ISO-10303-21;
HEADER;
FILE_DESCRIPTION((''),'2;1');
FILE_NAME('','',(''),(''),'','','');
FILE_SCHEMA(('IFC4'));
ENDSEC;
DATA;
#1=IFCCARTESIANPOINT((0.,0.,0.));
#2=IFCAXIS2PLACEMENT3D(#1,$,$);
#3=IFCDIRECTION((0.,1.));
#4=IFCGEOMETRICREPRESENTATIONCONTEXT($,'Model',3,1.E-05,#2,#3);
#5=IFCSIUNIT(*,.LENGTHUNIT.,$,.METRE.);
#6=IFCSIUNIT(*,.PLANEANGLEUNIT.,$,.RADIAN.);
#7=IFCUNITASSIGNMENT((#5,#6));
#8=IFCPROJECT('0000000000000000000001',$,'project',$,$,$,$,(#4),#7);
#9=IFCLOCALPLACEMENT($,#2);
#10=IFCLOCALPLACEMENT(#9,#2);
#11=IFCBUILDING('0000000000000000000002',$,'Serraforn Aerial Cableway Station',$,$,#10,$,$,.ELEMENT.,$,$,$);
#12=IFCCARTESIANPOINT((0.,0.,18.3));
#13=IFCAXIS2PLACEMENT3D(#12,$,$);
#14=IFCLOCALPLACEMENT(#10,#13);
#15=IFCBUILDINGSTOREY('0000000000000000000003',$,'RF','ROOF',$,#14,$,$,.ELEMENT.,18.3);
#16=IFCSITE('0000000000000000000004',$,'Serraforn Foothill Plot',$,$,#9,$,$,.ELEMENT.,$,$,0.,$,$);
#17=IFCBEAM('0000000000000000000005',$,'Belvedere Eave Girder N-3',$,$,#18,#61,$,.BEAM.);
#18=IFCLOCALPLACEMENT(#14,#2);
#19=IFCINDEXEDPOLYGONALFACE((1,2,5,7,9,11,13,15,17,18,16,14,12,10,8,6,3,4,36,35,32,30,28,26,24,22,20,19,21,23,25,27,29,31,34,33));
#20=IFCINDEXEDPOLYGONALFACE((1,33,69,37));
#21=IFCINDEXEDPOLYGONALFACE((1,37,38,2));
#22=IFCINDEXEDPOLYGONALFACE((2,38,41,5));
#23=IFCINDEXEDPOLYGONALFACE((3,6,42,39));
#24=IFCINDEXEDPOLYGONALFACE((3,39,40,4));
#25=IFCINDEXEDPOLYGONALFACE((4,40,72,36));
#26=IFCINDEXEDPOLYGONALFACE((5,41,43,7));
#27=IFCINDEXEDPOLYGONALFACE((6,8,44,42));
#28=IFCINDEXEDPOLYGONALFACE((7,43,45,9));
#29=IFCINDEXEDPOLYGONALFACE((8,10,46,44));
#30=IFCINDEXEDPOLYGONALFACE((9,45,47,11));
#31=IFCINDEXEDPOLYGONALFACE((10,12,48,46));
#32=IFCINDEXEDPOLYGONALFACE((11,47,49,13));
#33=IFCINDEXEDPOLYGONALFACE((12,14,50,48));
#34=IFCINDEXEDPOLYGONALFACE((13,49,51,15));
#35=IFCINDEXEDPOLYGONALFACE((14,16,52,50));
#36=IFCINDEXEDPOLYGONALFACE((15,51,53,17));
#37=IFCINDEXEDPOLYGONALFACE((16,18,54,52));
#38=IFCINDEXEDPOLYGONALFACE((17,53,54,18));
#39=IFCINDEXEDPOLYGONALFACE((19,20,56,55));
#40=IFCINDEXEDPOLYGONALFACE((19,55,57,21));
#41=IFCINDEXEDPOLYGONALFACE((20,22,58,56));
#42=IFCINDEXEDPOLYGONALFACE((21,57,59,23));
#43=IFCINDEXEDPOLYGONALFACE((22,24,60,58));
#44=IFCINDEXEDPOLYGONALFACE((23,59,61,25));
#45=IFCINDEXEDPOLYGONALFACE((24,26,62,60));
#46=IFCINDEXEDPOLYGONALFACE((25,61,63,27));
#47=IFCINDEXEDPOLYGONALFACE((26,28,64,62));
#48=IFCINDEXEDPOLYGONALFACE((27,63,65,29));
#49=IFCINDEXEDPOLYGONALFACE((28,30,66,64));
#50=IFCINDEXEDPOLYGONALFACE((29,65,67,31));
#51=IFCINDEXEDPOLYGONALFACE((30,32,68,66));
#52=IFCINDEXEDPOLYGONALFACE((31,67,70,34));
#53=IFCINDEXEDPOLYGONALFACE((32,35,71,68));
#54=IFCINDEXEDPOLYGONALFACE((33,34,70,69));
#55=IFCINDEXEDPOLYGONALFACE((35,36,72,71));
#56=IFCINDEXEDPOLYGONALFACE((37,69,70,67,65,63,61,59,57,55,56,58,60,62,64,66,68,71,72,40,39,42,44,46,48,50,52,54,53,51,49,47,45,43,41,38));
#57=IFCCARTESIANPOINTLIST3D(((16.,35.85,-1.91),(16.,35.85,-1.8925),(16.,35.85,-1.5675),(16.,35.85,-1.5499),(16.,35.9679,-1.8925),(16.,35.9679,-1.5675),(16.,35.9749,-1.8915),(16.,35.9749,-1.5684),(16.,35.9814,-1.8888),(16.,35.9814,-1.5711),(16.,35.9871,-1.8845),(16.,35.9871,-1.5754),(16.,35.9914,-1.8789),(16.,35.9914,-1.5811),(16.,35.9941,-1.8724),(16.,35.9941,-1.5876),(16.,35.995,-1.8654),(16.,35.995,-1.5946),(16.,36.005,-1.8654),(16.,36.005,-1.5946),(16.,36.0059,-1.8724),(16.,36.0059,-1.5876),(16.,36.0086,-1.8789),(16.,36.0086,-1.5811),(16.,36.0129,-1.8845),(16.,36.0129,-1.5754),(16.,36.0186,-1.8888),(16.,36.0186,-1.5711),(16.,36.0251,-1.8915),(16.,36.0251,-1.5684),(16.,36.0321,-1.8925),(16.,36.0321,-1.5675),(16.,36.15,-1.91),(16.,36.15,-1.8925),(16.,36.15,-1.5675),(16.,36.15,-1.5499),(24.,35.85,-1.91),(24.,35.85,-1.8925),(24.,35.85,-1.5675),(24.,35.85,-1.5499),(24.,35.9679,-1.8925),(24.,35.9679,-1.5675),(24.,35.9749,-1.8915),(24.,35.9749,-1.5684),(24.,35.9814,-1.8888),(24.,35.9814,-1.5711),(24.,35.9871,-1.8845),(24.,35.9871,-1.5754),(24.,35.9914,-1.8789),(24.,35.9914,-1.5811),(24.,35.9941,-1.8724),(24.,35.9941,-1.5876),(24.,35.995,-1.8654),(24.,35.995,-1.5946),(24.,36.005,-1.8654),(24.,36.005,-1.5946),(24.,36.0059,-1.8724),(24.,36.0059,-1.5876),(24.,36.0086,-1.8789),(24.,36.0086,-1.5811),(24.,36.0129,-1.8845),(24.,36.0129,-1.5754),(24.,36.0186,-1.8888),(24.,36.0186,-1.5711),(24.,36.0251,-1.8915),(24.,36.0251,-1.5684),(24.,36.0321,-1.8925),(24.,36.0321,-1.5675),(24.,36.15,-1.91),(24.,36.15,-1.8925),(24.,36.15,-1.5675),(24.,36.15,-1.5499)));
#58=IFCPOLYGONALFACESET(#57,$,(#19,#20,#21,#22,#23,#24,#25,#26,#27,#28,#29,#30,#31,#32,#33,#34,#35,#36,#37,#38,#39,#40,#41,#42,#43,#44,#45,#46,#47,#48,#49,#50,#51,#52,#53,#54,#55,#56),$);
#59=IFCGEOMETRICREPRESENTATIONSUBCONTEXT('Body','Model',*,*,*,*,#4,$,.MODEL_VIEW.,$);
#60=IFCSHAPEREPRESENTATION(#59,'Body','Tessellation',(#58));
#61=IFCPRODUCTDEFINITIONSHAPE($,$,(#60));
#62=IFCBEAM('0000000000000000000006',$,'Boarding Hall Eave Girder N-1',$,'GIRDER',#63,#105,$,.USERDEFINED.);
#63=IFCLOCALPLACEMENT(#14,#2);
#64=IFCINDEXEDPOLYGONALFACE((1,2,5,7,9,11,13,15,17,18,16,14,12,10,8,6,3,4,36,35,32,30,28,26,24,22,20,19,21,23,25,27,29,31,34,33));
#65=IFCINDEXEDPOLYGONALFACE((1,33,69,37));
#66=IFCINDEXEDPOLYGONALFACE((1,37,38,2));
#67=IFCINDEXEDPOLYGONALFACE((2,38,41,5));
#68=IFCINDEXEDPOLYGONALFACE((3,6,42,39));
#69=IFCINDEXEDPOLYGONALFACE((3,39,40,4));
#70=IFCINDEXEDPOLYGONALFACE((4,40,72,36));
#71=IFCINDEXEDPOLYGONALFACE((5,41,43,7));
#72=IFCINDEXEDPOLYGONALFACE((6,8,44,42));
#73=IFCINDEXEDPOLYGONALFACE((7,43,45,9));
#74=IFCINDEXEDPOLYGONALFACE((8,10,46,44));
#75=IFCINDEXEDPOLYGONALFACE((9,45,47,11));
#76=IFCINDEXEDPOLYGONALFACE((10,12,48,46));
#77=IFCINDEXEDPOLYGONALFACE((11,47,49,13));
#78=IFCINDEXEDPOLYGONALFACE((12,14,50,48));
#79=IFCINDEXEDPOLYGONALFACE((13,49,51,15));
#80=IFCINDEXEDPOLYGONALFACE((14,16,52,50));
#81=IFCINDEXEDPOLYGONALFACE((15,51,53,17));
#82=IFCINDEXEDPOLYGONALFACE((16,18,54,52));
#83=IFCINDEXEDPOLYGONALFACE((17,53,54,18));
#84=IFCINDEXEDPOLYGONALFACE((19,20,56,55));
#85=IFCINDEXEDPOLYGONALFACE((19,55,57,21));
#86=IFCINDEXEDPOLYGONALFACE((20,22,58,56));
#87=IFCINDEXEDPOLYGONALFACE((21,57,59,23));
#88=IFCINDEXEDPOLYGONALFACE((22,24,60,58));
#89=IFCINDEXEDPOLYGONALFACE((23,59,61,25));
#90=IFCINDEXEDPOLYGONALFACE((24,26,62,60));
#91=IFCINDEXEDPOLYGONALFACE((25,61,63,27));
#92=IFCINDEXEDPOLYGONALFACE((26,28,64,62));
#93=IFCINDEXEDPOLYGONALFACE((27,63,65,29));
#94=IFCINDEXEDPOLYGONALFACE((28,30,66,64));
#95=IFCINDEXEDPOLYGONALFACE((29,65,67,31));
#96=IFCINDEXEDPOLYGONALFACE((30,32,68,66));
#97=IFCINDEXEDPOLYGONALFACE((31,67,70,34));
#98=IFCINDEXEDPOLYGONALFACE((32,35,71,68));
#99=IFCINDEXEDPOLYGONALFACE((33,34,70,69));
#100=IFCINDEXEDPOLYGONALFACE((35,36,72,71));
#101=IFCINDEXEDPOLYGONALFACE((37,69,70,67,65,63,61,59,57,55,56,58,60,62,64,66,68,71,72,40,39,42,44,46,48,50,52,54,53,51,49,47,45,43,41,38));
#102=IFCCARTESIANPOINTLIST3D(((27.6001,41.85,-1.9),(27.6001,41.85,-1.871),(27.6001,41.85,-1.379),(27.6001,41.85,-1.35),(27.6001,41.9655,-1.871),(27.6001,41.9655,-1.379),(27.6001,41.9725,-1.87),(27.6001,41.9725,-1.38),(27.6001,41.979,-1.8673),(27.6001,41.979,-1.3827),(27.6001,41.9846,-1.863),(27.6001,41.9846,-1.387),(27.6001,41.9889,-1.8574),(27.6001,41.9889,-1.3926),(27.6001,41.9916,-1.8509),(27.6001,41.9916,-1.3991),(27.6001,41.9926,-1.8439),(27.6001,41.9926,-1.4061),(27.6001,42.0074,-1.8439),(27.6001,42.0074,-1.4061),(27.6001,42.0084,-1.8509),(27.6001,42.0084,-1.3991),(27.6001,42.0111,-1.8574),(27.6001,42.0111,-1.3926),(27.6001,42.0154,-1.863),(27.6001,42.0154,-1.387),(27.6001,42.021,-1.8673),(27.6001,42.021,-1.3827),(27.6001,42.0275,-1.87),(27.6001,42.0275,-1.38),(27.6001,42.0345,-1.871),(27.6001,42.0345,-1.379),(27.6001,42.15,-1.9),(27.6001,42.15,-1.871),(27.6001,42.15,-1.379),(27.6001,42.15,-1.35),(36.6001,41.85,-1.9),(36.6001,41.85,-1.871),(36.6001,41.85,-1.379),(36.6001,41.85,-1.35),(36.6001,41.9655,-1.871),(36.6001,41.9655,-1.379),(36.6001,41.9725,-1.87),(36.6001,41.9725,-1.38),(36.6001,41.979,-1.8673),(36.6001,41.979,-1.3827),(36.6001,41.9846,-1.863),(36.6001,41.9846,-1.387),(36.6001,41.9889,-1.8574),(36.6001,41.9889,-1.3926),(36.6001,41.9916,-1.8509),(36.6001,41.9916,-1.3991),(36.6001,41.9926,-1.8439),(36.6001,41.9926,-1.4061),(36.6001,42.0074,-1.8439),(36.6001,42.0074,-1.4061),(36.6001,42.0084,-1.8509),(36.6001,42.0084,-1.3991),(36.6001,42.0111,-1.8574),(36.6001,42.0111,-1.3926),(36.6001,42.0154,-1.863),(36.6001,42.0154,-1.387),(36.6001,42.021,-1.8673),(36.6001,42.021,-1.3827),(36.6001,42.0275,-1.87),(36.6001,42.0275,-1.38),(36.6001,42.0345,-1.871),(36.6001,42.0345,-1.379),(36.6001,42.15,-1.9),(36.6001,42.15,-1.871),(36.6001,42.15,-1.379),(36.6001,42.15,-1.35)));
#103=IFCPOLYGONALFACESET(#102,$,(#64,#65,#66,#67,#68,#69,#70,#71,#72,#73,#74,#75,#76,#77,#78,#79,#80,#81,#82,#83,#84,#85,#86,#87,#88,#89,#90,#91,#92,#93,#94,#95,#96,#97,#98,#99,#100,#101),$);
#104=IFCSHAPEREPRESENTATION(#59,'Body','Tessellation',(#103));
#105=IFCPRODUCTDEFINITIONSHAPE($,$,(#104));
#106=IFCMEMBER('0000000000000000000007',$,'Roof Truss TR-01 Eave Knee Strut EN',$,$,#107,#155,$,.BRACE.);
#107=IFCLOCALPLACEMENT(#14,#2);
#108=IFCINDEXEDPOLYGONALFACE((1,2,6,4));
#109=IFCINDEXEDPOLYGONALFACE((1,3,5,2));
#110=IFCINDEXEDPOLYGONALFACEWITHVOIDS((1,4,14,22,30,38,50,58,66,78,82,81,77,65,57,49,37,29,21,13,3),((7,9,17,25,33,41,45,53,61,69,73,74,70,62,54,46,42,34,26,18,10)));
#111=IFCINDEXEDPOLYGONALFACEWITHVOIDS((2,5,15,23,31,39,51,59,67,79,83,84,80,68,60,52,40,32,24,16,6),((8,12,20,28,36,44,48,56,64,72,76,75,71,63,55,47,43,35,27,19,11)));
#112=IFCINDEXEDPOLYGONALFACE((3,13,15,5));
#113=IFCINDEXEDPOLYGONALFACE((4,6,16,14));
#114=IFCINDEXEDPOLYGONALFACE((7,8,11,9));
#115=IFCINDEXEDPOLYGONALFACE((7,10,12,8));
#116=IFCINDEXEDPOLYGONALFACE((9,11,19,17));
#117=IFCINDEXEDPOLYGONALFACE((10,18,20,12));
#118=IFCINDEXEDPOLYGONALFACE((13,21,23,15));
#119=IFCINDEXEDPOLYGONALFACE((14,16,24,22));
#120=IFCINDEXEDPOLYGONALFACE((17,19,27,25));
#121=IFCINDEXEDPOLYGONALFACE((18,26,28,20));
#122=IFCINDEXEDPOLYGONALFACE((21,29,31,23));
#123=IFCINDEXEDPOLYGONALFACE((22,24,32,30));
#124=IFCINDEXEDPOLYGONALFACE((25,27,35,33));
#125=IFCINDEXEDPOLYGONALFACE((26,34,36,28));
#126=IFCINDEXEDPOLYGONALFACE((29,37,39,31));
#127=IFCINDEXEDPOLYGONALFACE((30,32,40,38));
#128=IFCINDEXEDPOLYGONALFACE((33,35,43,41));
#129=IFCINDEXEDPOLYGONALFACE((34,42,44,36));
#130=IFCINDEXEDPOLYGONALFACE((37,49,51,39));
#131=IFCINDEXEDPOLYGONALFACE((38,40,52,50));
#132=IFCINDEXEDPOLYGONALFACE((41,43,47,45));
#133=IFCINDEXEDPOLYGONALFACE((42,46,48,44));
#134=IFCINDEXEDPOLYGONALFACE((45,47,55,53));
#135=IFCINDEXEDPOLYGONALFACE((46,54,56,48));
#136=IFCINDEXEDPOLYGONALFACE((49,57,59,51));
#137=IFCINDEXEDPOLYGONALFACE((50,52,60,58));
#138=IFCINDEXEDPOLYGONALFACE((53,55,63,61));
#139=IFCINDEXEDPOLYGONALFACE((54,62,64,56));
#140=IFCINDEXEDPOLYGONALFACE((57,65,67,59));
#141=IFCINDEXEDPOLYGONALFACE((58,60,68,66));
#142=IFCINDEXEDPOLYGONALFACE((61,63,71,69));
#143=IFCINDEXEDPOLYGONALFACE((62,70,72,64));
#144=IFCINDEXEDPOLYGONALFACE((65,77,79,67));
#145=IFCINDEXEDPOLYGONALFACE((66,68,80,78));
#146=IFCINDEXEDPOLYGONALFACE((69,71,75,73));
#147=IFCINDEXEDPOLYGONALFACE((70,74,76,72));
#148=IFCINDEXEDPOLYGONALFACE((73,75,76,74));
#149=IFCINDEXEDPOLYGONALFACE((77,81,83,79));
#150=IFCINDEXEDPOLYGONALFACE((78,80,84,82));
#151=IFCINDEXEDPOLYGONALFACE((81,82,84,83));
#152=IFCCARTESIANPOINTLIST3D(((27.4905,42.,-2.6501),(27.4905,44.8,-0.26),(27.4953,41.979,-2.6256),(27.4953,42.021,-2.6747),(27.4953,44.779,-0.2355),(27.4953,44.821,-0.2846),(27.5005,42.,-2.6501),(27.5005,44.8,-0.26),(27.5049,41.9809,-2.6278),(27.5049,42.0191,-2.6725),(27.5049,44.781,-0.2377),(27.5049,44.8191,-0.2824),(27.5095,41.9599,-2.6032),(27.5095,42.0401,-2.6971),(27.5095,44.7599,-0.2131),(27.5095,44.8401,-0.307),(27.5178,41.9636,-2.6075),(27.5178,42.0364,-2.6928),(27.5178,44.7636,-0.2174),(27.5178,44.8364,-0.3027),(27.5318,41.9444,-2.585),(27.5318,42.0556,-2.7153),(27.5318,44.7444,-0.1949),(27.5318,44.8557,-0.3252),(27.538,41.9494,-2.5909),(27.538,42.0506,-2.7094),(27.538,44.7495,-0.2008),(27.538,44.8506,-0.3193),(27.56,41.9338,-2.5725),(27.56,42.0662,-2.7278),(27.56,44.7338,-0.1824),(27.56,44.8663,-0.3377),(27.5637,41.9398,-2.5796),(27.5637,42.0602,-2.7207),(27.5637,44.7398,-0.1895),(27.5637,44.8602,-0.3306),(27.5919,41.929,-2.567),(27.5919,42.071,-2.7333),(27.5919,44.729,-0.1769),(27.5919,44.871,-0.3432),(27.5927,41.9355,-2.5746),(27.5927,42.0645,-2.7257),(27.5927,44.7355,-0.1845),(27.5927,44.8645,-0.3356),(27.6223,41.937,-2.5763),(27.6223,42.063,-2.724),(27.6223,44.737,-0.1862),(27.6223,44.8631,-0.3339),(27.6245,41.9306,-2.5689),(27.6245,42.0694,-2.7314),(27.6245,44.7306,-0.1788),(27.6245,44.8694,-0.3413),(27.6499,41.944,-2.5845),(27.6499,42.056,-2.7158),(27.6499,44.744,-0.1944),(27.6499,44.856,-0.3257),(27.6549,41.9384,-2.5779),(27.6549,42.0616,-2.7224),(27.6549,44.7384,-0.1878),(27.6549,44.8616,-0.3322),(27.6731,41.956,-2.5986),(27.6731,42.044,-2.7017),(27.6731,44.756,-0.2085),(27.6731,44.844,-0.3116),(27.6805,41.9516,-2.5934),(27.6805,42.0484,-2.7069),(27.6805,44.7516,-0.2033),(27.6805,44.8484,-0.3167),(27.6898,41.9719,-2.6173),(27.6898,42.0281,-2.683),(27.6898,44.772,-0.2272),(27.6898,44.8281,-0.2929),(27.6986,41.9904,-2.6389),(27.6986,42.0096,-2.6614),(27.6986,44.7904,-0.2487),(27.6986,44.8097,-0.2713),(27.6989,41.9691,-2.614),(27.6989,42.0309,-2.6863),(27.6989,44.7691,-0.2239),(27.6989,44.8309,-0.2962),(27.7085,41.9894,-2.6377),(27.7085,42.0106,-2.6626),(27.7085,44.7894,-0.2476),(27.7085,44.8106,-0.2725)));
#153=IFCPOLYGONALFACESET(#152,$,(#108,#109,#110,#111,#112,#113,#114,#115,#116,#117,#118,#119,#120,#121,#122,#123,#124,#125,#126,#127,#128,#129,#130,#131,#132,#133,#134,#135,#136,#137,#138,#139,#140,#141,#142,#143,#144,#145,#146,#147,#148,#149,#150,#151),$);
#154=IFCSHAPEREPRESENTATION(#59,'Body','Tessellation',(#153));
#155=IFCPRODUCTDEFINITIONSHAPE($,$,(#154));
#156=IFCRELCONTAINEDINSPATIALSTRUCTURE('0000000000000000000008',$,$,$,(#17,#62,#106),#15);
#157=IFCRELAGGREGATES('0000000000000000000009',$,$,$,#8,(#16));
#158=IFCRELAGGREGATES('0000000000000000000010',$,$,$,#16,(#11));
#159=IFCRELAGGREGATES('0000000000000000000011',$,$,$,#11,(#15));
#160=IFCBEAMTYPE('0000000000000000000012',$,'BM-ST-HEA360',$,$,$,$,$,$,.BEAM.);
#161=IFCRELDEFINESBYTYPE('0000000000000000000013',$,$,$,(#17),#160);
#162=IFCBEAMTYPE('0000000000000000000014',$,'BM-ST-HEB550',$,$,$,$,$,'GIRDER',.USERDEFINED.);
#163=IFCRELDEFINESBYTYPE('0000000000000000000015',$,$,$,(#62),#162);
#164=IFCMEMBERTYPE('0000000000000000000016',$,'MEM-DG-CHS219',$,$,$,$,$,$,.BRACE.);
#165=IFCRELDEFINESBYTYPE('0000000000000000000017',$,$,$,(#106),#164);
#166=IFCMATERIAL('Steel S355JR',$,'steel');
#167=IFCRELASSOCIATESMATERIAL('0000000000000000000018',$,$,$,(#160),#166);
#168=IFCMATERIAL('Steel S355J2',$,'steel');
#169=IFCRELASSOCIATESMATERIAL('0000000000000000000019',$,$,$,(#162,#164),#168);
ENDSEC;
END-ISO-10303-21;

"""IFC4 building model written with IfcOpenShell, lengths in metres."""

from ifc_helpers import new_model, si_unit, direction, frame, origin, origin_2d, place, context, subcontext, project, spatial, hollow_circle, i_section, extrude, material, material_profile, profile_set, type_object, element, save


model = new_model("IFC4")

# Units and contexts
model_context = context("Model", 3, precision=1e-05, world=origin(), true_north=direction((0.0, 1.0)))
body_context = subcontext(model_context, "Body", "Model", "MODEL_VIEW")
ifc_project = project(units=[si_unit("LENGTHUNIT", "METRE"), si_unit("PLANEANGLEUNIT", "RADIAN")], contexts=[model_context])

# Site, building, storey
site_placement = place(None, origin())
site = spatial("IfcSite", under=ifc_project, at=site_placement, Name="Serraforn Foothill Plot", CompositionType="ELEMENT", RefElevation=0.0)
building_placement = place(site_placement, origin())
building = spatial("IfcBuilding", under=site, at=building_placement, Name="Serraforn Aerial Cableway Station", CompositionType="ELEMENT")
storey_placement = place(building_placement, frame((0.0, 0.0, 18.3)))
storey = spatial("IfcBuildingStorey", under=building, at=storey_placement, Name="RF", Description="ROOF", CompositionType="ELEMENT", Elevation=18.3)

# Beams
ifc_material_1 = material(Name="Steel S355JR", Category="steel")
ifc_material_profile_1 = material_profile(ifc_material_1, i_section(OverallWidth=0.3, OverallDepth=0.3601, WebThickness=0.01, FlangeThickness=0.0176, FilletRadius=0.0271, at=origin_2d()), Name="HEA 360")
ifc_profile_set_1 = profile_set([ifc_material_profile_1], Name="Steel S355JR")
beam_type_1 = type_object("IfcBeamType", Name="BM-ST-HEA360", PredefinedType="BEAM", material=ifc_profile_set_1)
beam_1_placement = place(storey_placement, frame((16.0, 36.0, -1.73), z_axis=(1.0, 0.0, 0.0), x_axis=(0.0, 1.0, 0.0)))
element("IfcBeam", 1, at=beam_1_placement, inside=storey, type_object=beam_type_1, Name="Belvedere Eave Girder N-3", PredefinedType="BEAM", context=body_context, shape_type="SweptSolid", body=[
    extrude(i_section(OverallWidth=0.3, OverallDepth=0.3601, WebThickness=0.01, FlangeThickness=0.0176, FilletRadius=0.0271, at=origin_2d()), origin(), (0.0, 0.0, 1.0), 8.0),
])
ifc_material_2 = material(Name="Steel S355J2", Category="steel")
ifc_material_profile_2 = material_profile(ifc_material_2, i_section(OverallWidth=0.3, OverallDepth=0.55, WebThickness=0.0149, FlangeThickness=0.0291, FilletRadius=0.0271, at=origin_2d()), Name="HEB 550")
ifc_profile_set_2 = profile_set([ifc_material_profile_2], Name="Steel S355J2")
beam_type_2 = type_object("IfcBeamType", Name="BM-ST-HEB550", ElementType="GIRDER", PredefinedType="USERDEFINED", material=ifc_profile_set_2)
beam_2_placement = place(storey_placement, frame((27.6001, 42.0, -1.625), z_axis=(1.0, 0.0, 0.0), x_axis=(0.0, 1.0, 0.0)))
element("IfcBeam", 2, at=beam_2_placement, inside=storey, type_object=beam_type_2, Name="Boarding Hall Eave Girder N-1", ObjectType="GIRDER", PredefinedType="USERDEFINED", context=body_context, shape_type="SweptSolid", body=[
    extrude(i_section(OverallWidth=0.3, OverallDepth=0.55, WebThickness=0.0149, FlangeThickness=0.0291, FilletRadius=0.0271, at=origin_2d()), origin(), (0.0, 0.0, 1.0), 9.0),
])

# Member
ifc_material_profile_3 = material_profile(ifc_material_2, hollow_circle(Radius=0.1096, WallThickness=0.01, at=origin_2d()), Name="CHS 219.1x10.0")
ifc_profile_set_3 = profile_set([ifc_material_profile_3], Name="Steel S355J2")
member_type_1 = type_object("IfcMemberType", Name="MEM-DG-CHS219", PredefinedType="BRACE", material=ifc_profile_set_3)
member_1_placement = place(storey_placement, frame((27.6001, 42.0, -2.6501), z_axis=(0.0, 0.760584, 0.649239), x_axis=(-1.0, 0.0, 0.0)))
element("IfcMember", 3, at=member_1_placement, inside=storey, type_object=member_type_1, Name="Roof Truss TR-01 Eave Knee Strut EN", PredefinedType="BRACE", context=body_context, shape_type="SweptSolid", body=[
    extrude(hollow_circle(Radius=0.1096, WallThickness=0.01, at=origin_2d()), origin(), (0.0, 0.0, 1.0), 3.6814),
])

save(model, "model.ifc")
